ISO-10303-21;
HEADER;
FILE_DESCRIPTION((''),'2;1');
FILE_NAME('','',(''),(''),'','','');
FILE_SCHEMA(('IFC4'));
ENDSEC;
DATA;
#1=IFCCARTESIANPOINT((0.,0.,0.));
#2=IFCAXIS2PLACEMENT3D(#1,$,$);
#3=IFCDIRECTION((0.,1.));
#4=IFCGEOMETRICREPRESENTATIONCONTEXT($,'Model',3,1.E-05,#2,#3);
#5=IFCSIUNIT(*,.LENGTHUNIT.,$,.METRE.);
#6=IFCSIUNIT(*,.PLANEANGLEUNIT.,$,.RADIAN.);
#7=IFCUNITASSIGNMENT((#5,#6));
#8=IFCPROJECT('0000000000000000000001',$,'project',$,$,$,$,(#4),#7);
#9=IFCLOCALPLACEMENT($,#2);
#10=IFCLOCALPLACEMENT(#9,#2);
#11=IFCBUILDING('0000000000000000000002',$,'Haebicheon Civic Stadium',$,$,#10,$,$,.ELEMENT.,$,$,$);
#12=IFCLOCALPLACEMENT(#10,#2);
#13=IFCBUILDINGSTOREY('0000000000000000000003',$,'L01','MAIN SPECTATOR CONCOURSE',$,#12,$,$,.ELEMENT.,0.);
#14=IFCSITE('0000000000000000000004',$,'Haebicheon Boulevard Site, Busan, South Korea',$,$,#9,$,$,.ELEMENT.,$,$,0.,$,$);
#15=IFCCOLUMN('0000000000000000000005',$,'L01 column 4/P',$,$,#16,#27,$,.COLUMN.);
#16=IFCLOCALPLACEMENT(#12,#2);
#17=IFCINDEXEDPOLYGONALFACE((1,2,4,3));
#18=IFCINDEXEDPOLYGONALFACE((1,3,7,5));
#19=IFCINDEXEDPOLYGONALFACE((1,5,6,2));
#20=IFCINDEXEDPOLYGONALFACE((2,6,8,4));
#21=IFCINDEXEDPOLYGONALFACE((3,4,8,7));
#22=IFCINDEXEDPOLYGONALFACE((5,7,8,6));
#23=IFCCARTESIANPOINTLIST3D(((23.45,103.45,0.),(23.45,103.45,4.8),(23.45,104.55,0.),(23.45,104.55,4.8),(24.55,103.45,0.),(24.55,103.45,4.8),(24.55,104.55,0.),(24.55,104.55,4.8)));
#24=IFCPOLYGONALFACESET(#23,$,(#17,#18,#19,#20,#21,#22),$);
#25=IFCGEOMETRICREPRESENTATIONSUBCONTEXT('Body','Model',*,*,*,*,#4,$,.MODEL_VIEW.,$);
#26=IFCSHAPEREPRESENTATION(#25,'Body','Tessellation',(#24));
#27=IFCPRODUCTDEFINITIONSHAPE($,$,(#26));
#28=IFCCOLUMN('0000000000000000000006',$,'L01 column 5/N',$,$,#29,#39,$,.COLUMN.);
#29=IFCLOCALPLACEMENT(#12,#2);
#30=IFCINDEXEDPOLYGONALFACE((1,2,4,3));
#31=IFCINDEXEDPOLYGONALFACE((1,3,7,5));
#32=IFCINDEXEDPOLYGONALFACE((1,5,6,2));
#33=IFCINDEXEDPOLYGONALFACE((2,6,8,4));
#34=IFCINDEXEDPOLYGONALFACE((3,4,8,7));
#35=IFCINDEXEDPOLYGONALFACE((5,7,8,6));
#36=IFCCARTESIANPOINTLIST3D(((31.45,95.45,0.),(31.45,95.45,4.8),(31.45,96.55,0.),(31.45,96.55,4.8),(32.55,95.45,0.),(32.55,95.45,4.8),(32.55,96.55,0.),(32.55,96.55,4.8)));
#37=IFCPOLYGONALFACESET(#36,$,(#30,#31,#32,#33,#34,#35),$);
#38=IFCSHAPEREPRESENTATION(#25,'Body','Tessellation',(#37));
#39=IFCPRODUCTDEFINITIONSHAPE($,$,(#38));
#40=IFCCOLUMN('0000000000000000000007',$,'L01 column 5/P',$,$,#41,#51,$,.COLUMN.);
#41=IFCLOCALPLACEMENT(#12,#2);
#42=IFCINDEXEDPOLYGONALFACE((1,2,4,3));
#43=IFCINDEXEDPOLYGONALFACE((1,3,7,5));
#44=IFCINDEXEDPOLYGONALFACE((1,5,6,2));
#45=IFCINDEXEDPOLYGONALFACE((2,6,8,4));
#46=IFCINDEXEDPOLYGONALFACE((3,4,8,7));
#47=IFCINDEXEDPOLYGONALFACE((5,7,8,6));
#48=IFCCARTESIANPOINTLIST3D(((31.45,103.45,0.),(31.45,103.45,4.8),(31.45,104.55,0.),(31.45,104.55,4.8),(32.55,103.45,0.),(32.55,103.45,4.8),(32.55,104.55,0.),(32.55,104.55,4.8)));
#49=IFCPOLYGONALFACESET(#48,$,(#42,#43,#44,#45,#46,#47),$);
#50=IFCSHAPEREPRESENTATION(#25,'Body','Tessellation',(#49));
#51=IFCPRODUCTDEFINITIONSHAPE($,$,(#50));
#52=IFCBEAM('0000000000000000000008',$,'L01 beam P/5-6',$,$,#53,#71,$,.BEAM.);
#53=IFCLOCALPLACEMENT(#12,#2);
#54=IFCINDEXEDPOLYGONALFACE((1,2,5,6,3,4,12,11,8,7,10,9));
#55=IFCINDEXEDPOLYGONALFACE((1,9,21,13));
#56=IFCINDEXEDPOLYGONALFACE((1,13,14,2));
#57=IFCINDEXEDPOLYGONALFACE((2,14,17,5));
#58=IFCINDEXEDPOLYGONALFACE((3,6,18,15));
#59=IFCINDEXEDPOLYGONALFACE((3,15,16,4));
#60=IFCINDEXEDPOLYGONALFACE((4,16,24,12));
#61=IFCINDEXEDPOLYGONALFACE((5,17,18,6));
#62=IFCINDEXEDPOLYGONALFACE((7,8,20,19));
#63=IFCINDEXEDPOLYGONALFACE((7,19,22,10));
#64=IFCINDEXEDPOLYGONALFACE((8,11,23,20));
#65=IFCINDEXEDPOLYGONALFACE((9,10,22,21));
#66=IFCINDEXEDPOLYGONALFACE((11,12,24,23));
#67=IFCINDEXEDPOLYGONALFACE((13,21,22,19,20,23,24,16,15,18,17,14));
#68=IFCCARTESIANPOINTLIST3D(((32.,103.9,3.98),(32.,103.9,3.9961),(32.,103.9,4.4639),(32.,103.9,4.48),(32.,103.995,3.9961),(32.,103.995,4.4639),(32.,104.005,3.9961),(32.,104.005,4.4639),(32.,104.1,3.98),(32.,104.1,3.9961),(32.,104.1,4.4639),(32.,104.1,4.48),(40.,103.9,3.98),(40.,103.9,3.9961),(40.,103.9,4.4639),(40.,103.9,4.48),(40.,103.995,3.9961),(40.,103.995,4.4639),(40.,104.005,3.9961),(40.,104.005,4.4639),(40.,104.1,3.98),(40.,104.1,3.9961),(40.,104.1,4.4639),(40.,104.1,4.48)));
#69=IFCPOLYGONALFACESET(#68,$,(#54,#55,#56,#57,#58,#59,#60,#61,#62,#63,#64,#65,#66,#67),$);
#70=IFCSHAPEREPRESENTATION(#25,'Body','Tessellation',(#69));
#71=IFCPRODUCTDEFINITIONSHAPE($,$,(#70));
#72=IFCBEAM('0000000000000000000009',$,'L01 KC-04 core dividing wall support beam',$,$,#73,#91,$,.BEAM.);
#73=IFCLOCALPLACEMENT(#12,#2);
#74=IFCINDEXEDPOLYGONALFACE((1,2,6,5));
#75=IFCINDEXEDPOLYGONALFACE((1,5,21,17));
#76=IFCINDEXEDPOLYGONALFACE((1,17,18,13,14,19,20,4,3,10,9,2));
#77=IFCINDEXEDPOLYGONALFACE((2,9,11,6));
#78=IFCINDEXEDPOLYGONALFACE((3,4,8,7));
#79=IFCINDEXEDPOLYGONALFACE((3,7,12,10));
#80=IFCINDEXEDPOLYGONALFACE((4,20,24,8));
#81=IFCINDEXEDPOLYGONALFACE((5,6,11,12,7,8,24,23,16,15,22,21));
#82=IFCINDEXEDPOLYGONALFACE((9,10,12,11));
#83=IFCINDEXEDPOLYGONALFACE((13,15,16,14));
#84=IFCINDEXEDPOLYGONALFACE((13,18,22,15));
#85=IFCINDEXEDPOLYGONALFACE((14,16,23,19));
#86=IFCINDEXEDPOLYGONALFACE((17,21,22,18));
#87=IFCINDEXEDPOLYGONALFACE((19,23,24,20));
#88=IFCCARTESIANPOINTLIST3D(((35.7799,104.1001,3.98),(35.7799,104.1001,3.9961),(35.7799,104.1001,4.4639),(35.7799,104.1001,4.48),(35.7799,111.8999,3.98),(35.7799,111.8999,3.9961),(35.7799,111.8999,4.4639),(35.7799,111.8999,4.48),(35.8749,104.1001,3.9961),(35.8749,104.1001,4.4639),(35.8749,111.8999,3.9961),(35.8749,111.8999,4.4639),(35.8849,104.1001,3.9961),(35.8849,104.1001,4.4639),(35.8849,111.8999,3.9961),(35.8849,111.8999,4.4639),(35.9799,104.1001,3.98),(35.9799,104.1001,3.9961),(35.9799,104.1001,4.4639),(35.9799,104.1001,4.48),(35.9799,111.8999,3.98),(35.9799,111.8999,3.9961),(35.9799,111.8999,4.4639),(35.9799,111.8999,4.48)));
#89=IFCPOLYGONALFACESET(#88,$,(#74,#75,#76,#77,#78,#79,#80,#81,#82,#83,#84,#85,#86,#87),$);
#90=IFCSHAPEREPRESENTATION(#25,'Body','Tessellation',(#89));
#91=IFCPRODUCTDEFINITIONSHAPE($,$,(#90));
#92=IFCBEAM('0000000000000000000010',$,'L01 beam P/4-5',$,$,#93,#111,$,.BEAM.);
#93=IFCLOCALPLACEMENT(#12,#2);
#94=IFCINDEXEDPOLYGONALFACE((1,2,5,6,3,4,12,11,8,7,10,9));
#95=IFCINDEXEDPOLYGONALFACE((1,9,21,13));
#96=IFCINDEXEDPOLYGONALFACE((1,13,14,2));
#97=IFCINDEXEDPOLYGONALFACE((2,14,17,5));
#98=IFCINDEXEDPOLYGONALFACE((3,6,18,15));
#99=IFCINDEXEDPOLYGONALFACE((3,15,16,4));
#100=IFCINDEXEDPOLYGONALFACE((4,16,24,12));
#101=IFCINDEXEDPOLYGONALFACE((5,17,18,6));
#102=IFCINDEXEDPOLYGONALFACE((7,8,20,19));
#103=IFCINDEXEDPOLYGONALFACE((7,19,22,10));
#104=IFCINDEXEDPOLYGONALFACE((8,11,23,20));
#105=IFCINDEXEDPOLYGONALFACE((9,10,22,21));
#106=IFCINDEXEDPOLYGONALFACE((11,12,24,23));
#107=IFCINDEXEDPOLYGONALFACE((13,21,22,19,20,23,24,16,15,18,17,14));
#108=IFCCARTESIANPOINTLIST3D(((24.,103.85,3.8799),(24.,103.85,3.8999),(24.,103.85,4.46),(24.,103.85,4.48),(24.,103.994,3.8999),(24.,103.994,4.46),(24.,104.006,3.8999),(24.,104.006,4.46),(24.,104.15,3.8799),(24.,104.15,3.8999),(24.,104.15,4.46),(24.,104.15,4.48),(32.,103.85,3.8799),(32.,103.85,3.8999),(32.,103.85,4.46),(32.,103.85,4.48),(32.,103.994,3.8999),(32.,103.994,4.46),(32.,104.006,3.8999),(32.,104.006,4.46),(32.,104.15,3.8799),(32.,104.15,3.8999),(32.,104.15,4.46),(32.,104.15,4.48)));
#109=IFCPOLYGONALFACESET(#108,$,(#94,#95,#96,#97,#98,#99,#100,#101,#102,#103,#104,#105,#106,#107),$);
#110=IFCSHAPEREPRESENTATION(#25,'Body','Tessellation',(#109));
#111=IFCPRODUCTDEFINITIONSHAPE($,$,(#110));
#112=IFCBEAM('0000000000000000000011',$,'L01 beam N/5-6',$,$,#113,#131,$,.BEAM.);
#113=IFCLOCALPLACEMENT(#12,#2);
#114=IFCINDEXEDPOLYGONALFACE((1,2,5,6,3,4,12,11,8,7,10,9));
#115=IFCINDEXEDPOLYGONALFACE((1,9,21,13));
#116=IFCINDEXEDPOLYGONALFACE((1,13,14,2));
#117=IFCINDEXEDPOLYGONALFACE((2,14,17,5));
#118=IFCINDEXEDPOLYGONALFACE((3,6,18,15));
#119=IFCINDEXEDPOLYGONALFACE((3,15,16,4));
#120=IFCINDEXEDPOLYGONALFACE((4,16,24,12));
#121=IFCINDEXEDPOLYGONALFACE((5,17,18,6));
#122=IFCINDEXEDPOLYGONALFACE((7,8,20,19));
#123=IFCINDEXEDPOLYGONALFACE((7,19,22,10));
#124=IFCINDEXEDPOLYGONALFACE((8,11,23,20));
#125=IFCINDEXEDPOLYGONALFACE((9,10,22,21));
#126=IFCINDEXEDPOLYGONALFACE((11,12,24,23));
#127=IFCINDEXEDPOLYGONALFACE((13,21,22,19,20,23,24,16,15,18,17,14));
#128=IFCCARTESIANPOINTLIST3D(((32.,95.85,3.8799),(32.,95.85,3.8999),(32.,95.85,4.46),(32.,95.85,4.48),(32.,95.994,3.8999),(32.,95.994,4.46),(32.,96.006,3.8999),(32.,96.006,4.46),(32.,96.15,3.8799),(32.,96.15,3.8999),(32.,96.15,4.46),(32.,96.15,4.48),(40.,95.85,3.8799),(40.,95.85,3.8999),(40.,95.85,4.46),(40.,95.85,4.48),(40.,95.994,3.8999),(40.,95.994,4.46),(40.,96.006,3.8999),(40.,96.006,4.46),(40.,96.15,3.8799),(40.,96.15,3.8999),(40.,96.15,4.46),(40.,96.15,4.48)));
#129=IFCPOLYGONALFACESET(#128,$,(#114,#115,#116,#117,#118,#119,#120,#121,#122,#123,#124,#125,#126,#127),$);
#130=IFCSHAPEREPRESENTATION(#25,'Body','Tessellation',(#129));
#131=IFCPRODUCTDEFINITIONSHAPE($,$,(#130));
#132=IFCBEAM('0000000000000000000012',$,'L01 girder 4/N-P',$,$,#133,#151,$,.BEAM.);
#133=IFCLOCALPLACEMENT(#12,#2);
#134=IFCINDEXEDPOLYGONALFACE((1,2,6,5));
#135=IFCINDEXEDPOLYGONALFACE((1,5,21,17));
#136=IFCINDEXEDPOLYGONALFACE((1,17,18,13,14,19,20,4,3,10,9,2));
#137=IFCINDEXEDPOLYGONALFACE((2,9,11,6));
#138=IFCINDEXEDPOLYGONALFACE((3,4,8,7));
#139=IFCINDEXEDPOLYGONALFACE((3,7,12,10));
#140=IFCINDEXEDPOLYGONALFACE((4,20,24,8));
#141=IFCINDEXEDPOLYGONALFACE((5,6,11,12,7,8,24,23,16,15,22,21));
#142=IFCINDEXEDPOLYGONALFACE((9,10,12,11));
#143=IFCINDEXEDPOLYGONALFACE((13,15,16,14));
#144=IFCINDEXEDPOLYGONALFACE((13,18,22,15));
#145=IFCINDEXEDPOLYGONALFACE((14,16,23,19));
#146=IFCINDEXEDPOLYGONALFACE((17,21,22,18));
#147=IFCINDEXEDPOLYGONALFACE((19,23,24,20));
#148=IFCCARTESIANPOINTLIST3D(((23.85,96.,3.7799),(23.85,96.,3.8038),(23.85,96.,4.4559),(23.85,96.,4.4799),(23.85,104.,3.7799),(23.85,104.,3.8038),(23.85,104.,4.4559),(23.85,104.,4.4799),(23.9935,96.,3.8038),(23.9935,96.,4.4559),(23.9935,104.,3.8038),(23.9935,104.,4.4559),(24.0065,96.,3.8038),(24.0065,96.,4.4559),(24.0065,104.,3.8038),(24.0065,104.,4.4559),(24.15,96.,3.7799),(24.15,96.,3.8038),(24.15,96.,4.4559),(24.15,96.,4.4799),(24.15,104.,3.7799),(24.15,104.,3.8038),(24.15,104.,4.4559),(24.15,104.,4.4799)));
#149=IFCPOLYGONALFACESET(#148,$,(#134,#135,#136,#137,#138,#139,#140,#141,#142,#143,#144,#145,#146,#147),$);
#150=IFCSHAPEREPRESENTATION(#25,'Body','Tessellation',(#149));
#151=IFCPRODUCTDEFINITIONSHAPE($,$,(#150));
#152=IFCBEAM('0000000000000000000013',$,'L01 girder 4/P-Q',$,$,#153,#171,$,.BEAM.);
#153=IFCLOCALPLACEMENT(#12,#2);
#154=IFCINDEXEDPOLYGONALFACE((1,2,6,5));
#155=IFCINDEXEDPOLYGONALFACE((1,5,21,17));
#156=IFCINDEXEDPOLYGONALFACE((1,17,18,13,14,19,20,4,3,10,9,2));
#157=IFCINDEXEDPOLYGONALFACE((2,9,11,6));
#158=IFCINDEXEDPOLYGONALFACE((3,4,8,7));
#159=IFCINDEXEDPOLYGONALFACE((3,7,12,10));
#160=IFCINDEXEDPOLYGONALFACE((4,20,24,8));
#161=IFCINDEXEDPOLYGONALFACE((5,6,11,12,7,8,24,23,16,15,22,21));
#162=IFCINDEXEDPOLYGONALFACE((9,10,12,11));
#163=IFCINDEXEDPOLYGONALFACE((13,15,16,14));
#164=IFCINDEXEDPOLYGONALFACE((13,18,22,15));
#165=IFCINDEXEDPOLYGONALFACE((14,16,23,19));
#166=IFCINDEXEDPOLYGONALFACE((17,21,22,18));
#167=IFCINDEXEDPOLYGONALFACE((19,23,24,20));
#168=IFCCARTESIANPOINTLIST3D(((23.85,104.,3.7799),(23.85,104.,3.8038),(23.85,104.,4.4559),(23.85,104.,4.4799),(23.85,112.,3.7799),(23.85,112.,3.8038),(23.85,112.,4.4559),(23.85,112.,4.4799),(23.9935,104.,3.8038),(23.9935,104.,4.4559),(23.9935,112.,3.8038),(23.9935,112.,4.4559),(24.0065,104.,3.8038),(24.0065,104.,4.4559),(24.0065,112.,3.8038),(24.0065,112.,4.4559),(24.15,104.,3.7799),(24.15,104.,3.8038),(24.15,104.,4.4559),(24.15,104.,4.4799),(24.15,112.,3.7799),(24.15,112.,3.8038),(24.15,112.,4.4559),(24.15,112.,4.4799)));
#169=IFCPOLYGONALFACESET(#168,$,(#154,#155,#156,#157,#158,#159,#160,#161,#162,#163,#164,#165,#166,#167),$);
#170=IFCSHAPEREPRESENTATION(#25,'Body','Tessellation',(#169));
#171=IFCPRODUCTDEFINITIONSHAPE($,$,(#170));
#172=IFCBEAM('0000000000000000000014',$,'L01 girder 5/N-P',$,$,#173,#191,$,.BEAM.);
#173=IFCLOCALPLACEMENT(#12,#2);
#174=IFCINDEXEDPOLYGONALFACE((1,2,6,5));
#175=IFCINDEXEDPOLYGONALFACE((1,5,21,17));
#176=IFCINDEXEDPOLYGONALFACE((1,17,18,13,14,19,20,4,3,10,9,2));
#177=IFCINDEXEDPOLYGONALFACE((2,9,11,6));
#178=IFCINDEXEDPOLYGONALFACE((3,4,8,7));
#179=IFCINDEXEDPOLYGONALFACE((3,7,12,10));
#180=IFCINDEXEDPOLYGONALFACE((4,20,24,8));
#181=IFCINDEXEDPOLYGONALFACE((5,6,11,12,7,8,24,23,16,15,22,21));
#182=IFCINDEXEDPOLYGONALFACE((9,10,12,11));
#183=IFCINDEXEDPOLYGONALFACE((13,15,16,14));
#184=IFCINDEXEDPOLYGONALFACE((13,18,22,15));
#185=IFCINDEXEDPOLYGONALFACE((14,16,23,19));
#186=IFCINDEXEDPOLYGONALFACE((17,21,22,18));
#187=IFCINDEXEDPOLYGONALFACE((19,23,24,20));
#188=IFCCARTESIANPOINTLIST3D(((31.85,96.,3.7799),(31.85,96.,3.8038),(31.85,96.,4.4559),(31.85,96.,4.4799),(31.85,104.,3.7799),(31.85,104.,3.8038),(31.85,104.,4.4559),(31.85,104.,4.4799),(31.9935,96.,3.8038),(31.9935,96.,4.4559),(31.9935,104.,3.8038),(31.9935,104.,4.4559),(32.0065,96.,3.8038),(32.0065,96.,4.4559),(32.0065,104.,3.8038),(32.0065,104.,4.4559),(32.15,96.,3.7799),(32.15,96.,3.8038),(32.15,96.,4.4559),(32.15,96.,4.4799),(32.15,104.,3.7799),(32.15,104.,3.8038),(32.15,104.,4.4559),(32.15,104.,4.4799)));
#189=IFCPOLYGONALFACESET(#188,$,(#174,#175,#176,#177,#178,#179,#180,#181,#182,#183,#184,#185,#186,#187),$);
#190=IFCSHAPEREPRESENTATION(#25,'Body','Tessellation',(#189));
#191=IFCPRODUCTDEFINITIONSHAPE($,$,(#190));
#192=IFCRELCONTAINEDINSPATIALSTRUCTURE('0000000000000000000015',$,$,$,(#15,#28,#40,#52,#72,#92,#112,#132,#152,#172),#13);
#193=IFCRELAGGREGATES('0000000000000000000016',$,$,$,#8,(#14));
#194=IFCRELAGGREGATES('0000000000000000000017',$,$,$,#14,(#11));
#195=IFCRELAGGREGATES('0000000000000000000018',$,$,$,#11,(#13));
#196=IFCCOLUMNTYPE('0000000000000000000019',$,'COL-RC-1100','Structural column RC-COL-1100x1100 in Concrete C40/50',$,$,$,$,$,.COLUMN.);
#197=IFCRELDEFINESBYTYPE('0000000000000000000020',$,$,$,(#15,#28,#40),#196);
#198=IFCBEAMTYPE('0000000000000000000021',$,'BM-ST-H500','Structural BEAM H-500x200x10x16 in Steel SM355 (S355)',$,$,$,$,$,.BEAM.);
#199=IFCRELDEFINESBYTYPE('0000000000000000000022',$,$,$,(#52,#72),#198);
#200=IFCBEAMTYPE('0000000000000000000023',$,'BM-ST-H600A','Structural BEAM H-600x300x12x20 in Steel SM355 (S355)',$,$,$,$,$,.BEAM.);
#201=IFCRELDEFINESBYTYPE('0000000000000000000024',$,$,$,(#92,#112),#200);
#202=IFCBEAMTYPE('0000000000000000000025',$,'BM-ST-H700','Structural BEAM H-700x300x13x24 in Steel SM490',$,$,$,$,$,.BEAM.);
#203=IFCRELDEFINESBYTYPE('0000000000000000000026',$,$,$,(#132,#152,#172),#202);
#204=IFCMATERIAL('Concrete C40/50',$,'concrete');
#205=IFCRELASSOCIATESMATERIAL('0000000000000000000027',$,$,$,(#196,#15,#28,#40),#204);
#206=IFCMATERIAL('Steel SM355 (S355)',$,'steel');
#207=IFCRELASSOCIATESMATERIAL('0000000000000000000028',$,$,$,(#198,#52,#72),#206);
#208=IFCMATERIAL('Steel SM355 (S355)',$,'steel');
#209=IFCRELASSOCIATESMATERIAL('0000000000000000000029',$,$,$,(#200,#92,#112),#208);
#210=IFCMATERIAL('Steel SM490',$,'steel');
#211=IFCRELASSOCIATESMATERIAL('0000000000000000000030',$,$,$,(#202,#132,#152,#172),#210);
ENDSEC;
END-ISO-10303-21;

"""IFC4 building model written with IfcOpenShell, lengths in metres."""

from ifc_helpers import new_model, si_unit, direction, frame, origin, origin_2d, place, context, subcontext, project, spatial, rectangle, i_section, extrude, material, material_profile, profile_set, type_object, element, save


model = new_model("IFC4")

# Units and contexts
model_context = context("Model", 3, precision=1e-05, world=origin(), true_north=direction((0.0, 1.0)))
body_context = subcontext(model_context, "Body", "Model", "MODEL_VIEW")
ifc_project = project(units=[si_unit("LENGTHUNIT", "METRE"), si_unit("PLANEANGLEUNIT", "RADIAN")], contexts=[model_context])

# Site, building, storey
site_placement = place(None, origin())
site = spatial("IfcSite", under=ifc_project, at=site_placement, Name="Haebicheon Boulevard Site, Busan, South Korea", CompositionType="ELEMENT", RefElevation=0.0)
building_placement = place(site_placement, origin())
building = spatial("IfcBuilding", under=site, at=building_placement, Name="Haebicheon Civic Stadium", CompositionType="ELEMENT")
storey_placement = place(building_placement, origin())
storey = spatial("IfcBuildingStorey", under=building, at=storey_placement, Name="L01", Description="MAIN SPECTATOR CONCOURSE", CompositionType="ELEMENT", Elevation=0.0)

# Columns
ifc_material_1 = material(Name="Concrete C40/50", Category="concrete")
ifc_material_profile_1 = material_profile(ifc_material_1, rectangle(XDim=1.1001, YDim=1.1001, at=origin_2d()), Name="RC-COL-1100x1100")
ifc_profile_set_1 = profile_set([ifc_material_profile_1], Name="Concrete C40/50")
column_type = type_object("IfcColumnType", Name="COL-RC-1100", Description="Structural column RC-COL-1100x1100 in Concrete C40/50", PredefinedType="COLUMN", material=ifc_profile_set_1)
for number, where, z_axis, x_axis, name in (
    (1, (24.0, 104.0, 0.0), (0.0, 0.0, 1.0), (1.0, 0.0, 0.0), "L01 column 4/P"),
    (2, (32.0, 96.0, 0.0), (0.0, 0.0, 1.0), (1.0, 0.0, 0.0), "L01 column 5/N"),
    (3, (32.0, 104.0, 0.0), (0.0, 0.0, 1.0), (1.0, 0.0, 0.0), "L01 column 5/P"),
):
    element("IfcColumn", number, at=place(storey_placement, frame(where, z_axis=z_axis, x_axis=x_axis)), inside=storey, type_object=column_type, material=ifc_profile_set_1, Name=name, PredefinedType="COLUMN", context=body_context, shape_type="SweptSolid", body=[
        extrude(rectangle(XDim=1.1001, YDim=1.1001, at=origin_2d()), origin(), (0.0, 0.0, 1.0), 4.8),
    ])

# Beams
ifc_material_2 = material(Name="Steel SM355 (S355)", Category="steel")
ifc_material_profile_2 = material_profile(ifc_material_2, i_section(OverallWidth=0.2, OverallDepth=0.5, WebThickness=0.01, FlangeThickness=0.0161, at=origin_2d()), Name="H-500x200x10x16")
ifc_profile_set_2 = profile_set([ifc_material_profile_2], Name="Steel SM355 (S355)")
beam_type_1 = type_object("IfcBeamType", Name="BM-ST-H500", Description="Structural BEAM H-500x200x10x16 in Steel SM355 (S355)", PredefinedType="BEAM", material=ifc_profile_set_2)
beam_1_placement = place(storey_placement, frame((32.0, 104.0, 4.23), z_axis=(1.0, 0.0, 0.0), x_axis=(0.0, 1.0, 0.0)))
element("IfcBeam", 4, at=beam_1_placement, inside=storey, type_object=beam_type_1, material=ifc_profile_set_2, Name="L01 beam P/5-6", PredefinedType="BEAM", context=body_context, shape_type="SweptSolid", body=[
    extrude(i_section(OverallWidth=0.2, OverallDepth=0.5, WebThickness=0.01, FlangeThickness=0.0161, at=origin_2d()), origin(), (0.0, 0.0, 1.0), 8.0),
])
beam_2_placement = place(storey_placement, frame((35.8799, 104.1001, 4.23), z_axis=(0.0, 1.0, 0.0), x_axis=(-1.0, 0.0, 0.0)))
element("IfcBeam", 5, at=beam_2_placement, inside=storey, type_object=beam_type_1, material=ifc_profile_set_2, Name="L01 KC-04 core dividing wall support beam", PredefinedType="BEAM", context=body_context, shape_type="SweptSolid", body=[
    extrude(i_section(OverallWidth=0.2, OverallDepth=0.5, WebThickness=0.01, FlangeThickness=0.0161, at=origin_2d()), origin(), (0.0, 0.0, 1.0), 7.7998),
])
ifc_material_3 = material(Name="Steel SM355 (S355)", Category="steel")
ifc_material_profile_3 = material_profile(ifc_material_3, i_section(OverallWidth=0.3, OverallDepth=0.6001, WebThickness=0.012, FlangeThickness=0.02, at=origin_2d()), Name="H-600x300x12x20")
ifc_profile_set_3 = profile_set([ifc_material_profile_3], Name="Steel SM355 (S355)")
beam_type_2 = type_object("IfcBeamType", Name="BM-ST-H600A", Description="Structural BEAM H-600x300x12x20 in Steel SM355 (S355)", PredefinedType="BEAM", material=ifc_profile_set_3)
for number, where, z_axis, x_axis, name in (
    (6, (24.0, 104.0, 4.1799), (1.0, 0.0, 0.0), (0.0, 1.0, 0.0), "L01 beam P/4-5"),
    (7, (32.0, 96.0, 4.1799), (1.0, 0.0, 0.0), (0.0, 1.0, 0.0), "L01 beam N/5-6"),
):
    element("IfcBeam", number, at=place(storey_placement, frame(where, z_axis=z_axis, x_axis=x_axis)), inside=storey, type_object=beam_type_2, material=ifc_profile_set_3, Name=name, PredefinedType="BEAM", context=body_context, shape_type="SweptSolid", body=[
        extrude(i_section(OverallWidth=0.3, OverallDepth=0.6001, WebThickness=0.012, FlangeThickness=0.02, at=origin_2d()), origin(), (0.0, 0.0, 1.0), 8.0),
    ])
ifc_material_4 = material(Name="Steel SM490", Category="steel")
ifc_material_profile_4 = material_profile(ifc_material_4, i_section(OverallWidth=0.3, OverallDepth=0.7, WebThickness=0.0129, FlangeThickness=0.0239, at=origin_2d()), Name="H-700x300x13x24")
ifc_profile_set_4 = profile_set([ifc_material_profile_4], Name="Steel SM490")
beam_type_3 = type_object("IfcBeamType", Name="BM-ST-H700", Description="Structural BEAM H-700x300x13x24 in Steel SM490", PredefinedType="BEAM", material=ifc_profile_set_4)
for number, where, z_axis, x_axis, name in (
    (8, (24.0, 96.0, 4.1299), (0.0, 1.0, 0.0), (-1.0, 0.0, 0.0), "L01 girder 4/N-P"),
    (9, (24.0, 104.0, 4.1299), (0.0, 1.0, 0.0), (-1.0, 0.0, 0.0), "L01 girder 4/P-Q"),
    (10, (32.0, 96.0, 4.1299), (0.0, 1.0, 0.0), (-1.0, 0.0, 0.0), "L01 girder 5/N-P"),
):
    element("IfcBeam", number, at=place(storey_placement, frame(where, z_axis=z_axis, x_axis=x_axis)), inside=storey, type_object=beam_type_3, material=ifc_profile_set_4, Name=name, PredefinedType="BEAM", context=body_context, shape_type="SweptSolid", body=[
        extrude(i_section(OverallWidth=0.3, OverallDepth=0.7, WebThickness=0.0129, FlangeThickness=0.0239, at=origin_2d()), origin(), (0.0, 0.0, 1.0), 8.0),
    ])

save(model, "model.ifc")
